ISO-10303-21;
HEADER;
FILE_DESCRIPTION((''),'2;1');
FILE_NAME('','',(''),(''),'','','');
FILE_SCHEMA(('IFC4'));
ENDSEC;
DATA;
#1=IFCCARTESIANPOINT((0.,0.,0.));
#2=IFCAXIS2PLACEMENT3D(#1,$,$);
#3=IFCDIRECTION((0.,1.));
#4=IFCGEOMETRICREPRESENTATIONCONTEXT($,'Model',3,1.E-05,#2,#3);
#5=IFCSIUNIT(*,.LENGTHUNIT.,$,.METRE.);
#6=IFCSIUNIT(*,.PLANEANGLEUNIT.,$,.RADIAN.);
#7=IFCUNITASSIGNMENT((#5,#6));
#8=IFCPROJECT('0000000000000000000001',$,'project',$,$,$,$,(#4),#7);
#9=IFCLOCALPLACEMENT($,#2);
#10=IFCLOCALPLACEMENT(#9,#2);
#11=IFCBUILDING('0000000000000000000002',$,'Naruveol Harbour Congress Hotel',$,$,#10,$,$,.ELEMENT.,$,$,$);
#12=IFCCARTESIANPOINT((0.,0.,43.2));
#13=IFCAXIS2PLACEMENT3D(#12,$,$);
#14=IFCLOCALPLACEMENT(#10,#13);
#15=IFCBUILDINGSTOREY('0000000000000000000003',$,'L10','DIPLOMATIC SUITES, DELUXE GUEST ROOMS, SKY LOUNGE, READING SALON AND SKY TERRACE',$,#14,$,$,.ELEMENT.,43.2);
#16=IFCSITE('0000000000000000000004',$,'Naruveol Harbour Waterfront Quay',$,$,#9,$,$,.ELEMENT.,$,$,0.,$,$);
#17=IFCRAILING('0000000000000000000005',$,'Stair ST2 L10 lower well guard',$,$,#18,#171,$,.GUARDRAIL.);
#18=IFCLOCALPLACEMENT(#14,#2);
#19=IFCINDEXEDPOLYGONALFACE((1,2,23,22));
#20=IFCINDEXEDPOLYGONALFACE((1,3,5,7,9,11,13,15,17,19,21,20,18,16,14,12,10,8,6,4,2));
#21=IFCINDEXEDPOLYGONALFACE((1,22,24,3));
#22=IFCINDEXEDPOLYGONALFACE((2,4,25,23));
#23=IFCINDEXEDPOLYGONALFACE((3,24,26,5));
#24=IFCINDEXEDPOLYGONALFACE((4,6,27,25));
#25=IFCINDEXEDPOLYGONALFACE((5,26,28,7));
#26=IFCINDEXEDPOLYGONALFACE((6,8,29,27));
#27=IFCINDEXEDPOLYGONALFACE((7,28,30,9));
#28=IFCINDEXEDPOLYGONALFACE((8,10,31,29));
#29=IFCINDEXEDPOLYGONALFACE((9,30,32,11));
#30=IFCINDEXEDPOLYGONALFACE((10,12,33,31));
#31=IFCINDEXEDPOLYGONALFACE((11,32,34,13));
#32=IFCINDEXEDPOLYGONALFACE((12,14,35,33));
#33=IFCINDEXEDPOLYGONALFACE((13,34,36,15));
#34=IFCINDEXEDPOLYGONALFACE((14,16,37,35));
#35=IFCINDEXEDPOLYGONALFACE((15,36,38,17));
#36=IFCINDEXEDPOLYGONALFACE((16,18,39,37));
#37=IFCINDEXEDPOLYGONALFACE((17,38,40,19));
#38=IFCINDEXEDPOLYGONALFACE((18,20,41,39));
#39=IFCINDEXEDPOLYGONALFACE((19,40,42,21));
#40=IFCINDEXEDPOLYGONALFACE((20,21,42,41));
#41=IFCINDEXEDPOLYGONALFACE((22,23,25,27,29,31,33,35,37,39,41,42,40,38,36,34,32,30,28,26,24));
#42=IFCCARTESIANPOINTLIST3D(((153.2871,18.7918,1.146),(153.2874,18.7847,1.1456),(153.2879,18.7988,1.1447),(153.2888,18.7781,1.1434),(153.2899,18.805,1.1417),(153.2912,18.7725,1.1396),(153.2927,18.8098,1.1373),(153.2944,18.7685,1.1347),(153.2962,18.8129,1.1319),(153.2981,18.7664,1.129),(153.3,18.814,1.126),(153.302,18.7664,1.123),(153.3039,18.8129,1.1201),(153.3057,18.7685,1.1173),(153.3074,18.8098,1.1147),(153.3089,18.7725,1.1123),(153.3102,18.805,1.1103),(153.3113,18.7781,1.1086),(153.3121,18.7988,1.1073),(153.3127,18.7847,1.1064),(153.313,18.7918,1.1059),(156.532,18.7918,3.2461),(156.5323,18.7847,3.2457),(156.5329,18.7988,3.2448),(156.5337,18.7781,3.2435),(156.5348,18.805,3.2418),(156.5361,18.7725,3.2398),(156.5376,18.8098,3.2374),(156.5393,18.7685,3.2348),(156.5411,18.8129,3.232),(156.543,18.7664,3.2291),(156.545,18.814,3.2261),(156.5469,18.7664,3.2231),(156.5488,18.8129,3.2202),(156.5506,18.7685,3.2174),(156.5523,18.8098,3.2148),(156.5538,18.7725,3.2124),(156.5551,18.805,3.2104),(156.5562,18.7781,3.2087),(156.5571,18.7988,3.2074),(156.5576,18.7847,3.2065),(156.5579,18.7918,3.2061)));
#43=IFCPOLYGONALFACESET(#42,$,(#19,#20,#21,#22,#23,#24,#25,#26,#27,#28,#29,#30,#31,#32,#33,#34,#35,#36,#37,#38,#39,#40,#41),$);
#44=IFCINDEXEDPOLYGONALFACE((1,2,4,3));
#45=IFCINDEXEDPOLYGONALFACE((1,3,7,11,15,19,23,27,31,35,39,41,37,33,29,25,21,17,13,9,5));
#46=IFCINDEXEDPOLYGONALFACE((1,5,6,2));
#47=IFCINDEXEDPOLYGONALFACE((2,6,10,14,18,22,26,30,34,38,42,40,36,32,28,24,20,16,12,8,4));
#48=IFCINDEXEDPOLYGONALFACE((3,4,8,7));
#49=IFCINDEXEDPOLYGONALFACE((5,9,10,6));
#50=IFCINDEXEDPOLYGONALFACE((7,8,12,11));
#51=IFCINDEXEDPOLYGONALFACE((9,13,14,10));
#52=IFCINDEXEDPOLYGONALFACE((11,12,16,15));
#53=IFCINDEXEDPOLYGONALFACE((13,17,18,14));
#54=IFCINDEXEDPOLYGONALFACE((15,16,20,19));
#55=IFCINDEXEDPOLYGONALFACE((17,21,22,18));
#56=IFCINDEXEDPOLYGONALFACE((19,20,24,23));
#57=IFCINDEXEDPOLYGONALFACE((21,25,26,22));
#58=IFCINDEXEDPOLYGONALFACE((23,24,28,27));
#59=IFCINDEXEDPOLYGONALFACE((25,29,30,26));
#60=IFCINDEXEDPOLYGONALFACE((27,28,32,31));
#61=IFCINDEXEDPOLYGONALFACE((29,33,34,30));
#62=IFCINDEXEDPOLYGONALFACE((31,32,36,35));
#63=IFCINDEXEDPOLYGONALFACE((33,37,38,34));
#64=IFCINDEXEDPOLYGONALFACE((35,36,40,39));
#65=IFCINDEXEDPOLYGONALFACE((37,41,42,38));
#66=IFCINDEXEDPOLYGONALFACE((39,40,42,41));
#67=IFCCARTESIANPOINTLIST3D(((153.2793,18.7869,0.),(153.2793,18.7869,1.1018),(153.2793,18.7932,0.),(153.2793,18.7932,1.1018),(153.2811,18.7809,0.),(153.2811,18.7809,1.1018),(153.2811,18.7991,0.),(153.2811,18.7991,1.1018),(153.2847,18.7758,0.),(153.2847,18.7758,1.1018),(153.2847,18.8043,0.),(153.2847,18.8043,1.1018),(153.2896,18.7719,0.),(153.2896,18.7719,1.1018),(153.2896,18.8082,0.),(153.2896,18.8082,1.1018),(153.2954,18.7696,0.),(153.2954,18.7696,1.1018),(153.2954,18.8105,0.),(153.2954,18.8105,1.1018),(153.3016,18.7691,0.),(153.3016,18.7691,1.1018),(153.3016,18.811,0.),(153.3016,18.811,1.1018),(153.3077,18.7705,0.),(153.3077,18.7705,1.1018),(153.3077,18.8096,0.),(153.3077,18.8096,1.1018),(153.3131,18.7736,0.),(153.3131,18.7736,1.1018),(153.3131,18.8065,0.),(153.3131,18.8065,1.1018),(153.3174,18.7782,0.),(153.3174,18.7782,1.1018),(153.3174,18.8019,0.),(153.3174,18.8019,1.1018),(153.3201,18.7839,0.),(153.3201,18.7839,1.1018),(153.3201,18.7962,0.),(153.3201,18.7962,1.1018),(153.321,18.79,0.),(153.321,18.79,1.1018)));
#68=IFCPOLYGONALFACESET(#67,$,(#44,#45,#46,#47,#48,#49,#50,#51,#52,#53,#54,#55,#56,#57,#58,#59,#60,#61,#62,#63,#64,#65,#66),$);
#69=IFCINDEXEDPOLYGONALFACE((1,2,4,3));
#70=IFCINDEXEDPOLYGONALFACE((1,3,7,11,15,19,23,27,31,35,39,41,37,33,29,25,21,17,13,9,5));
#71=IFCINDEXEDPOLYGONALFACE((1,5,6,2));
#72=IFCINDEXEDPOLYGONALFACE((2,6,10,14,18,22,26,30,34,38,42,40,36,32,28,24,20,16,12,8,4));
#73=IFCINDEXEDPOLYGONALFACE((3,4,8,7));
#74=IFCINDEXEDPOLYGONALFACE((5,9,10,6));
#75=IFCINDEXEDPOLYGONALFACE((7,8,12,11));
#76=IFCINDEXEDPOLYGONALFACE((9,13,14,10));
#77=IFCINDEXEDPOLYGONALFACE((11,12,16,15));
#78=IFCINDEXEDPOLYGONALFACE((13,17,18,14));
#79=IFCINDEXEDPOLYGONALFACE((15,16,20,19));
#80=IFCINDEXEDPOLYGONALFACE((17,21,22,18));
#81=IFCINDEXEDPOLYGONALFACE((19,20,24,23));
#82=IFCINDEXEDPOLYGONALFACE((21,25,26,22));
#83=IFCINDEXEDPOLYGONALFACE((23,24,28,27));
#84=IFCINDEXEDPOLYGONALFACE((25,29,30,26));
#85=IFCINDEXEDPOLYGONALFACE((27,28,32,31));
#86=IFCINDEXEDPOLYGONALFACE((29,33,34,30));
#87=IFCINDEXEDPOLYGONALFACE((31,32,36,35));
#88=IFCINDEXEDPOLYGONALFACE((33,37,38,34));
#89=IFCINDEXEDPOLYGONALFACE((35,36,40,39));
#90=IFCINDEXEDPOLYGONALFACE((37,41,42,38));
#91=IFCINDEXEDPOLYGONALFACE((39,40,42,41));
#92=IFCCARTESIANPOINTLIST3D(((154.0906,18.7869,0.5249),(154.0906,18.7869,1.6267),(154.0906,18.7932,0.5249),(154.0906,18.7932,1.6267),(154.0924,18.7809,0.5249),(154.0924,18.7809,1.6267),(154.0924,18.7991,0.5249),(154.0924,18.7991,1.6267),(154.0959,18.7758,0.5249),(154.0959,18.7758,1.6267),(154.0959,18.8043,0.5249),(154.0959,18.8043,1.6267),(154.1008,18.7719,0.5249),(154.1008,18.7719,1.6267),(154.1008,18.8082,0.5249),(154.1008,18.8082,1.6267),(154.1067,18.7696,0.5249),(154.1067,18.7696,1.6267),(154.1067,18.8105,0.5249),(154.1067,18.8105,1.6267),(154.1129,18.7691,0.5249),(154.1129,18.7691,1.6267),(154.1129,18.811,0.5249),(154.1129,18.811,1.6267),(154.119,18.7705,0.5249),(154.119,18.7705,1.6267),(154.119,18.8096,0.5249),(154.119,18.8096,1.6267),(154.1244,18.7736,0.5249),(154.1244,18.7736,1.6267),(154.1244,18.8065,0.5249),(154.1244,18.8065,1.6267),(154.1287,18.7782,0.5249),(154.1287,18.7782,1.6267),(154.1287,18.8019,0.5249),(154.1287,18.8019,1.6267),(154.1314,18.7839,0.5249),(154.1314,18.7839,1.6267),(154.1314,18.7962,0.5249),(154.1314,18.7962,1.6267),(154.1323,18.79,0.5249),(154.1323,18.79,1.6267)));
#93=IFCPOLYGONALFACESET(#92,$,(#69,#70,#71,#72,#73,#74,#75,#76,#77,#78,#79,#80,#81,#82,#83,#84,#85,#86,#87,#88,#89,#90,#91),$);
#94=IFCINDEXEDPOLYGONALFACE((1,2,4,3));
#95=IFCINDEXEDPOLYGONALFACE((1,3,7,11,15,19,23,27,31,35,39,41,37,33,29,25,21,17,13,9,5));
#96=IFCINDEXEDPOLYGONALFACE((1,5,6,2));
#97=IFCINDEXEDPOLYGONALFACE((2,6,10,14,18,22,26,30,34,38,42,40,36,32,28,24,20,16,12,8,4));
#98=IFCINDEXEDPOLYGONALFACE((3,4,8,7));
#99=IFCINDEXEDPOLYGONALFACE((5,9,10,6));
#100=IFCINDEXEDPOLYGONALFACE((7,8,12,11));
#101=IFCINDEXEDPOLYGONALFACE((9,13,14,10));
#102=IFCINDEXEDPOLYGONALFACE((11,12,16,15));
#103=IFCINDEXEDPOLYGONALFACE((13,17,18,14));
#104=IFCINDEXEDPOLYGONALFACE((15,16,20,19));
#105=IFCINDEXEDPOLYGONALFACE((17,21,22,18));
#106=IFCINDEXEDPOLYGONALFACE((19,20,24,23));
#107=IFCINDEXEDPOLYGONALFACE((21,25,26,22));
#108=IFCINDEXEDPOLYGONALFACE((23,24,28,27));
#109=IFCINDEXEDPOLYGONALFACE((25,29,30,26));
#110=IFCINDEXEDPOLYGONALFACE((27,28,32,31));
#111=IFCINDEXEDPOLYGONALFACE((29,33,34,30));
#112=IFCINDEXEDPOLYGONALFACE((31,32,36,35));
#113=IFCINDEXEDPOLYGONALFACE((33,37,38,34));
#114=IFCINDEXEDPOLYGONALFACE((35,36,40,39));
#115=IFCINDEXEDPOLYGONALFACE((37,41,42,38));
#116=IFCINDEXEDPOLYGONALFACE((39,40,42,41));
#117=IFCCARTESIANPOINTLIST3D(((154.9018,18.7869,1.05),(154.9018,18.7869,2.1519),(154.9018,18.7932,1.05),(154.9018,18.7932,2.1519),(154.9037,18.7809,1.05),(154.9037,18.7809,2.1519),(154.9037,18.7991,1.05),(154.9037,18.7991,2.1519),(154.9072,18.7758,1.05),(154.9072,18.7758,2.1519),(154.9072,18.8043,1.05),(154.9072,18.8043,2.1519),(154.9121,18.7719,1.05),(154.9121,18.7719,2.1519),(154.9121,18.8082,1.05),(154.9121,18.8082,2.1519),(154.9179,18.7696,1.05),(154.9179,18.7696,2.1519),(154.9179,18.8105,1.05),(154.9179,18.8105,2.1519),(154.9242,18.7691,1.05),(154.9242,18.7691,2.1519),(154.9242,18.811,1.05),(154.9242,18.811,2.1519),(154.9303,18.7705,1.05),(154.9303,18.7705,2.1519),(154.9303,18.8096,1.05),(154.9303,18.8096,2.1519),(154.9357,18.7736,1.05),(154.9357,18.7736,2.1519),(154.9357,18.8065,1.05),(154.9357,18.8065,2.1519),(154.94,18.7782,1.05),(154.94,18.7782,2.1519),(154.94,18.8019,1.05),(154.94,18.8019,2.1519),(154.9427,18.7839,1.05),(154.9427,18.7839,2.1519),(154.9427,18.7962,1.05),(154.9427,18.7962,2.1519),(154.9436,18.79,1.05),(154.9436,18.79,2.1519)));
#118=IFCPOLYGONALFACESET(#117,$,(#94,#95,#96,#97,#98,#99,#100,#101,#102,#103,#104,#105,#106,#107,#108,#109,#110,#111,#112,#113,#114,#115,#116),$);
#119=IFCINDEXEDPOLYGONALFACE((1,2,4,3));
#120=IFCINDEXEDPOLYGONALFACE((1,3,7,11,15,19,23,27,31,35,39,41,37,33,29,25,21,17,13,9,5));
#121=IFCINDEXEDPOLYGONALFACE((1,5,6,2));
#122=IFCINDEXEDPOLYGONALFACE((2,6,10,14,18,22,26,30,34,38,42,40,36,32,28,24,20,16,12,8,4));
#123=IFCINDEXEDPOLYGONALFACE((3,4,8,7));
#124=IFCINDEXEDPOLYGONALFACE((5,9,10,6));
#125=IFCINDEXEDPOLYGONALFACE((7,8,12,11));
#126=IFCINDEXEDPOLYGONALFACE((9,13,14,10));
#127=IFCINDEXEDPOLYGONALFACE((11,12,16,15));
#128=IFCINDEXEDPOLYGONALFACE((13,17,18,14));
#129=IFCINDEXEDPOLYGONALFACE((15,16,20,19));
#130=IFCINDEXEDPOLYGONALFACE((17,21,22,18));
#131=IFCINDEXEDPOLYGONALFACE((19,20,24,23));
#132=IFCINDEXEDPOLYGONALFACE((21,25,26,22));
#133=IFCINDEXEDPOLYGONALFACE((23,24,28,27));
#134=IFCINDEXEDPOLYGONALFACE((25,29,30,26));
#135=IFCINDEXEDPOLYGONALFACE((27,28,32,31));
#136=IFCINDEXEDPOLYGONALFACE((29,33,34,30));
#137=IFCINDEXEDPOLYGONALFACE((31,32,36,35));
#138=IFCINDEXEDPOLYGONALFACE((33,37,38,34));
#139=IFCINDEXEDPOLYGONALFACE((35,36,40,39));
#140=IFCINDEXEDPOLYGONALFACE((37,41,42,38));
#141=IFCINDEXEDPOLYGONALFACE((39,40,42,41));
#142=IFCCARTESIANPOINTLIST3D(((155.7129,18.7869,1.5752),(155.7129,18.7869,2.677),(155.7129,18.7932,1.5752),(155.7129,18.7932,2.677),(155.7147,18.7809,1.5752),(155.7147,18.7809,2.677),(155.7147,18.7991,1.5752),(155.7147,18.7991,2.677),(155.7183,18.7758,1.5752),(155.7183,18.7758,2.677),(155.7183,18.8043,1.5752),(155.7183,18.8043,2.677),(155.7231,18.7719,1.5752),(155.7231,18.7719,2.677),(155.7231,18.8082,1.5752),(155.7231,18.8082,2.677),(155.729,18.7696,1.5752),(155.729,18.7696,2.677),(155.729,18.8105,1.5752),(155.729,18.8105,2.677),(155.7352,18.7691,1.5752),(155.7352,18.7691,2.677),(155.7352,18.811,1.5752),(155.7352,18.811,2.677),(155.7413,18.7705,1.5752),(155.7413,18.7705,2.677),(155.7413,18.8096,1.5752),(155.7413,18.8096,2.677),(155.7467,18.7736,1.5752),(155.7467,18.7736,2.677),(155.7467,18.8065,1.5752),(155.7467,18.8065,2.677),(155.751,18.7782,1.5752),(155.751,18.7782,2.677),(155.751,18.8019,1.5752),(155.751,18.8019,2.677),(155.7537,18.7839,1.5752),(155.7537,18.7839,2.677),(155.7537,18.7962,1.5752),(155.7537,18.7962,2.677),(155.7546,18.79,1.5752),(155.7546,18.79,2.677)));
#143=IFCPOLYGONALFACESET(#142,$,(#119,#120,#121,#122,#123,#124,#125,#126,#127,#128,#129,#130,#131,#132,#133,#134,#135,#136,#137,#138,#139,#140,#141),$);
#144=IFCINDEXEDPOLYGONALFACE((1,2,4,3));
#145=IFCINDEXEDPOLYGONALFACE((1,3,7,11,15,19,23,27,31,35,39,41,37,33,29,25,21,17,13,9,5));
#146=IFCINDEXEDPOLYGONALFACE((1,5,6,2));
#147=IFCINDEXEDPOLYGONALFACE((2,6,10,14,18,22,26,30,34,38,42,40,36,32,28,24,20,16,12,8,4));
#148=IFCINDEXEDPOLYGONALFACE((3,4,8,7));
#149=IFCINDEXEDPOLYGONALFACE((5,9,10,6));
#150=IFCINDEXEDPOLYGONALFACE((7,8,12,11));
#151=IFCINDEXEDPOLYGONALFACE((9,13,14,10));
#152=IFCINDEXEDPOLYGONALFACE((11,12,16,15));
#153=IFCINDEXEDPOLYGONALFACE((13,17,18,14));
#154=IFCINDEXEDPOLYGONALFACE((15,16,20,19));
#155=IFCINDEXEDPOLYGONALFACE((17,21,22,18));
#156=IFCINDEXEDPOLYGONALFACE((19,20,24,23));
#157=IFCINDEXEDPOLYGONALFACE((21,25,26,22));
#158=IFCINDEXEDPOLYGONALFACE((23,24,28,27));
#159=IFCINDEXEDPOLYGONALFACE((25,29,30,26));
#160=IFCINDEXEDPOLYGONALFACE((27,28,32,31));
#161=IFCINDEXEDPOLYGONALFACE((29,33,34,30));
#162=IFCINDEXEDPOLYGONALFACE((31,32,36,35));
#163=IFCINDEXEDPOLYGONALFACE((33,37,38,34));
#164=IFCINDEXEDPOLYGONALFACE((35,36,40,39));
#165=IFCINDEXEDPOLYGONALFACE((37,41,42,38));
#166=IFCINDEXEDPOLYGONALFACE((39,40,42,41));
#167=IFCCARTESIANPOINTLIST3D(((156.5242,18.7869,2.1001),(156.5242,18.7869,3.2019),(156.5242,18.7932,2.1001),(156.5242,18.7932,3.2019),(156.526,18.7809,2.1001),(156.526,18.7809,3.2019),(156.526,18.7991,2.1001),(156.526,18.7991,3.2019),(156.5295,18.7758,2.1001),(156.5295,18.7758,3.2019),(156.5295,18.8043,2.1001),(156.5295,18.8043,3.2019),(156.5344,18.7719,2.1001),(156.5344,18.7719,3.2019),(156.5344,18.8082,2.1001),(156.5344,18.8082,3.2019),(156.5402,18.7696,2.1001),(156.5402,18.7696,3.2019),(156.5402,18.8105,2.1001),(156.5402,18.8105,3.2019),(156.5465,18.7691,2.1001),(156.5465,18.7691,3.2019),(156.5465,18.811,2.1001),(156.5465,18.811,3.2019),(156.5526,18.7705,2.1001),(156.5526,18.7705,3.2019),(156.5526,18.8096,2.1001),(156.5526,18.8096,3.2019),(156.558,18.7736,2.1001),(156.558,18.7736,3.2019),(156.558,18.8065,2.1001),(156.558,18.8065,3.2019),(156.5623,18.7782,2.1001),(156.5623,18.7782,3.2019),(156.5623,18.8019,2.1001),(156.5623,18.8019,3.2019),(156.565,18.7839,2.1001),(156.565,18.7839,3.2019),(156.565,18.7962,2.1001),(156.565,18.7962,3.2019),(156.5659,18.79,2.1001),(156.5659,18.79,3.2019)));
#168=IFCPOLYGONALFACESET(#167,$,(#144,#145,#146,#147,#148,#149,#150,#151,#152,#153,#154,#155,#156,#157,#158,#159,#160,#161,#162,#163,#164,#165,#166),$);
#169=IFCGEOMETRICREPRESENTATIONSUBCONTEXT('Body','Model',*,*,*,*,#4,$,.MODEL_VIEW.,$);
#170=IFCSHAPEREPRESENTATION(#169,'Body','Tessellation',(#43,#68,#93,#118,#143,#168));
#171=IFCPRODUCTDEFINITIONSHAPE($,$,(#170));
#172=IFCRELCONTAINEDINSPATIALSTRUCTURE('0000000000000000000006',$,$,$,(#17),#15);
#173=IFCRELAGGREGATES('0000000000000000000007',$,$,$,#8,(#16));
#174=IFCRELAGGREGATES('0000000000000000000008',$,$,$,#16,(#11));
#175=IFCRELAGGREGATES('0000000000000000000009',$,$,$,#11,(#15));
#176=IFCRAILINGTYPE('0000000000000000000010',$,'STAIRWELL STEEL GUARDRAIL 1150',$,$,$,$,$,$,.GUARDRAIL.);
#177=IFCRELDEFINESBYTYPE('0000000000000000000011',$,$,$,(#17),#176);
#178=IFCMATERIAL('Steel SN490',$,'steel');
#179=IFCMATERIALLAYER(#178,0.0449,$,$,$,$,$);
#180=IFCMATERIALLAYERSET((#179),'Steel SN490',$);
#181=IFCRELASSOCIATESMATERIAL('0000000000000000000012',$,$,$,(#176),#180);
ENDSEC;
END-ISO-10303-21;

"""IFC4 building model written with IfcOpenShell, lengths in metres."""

from ifc_helpers import new_model, si_unit, direction, frame, origin, origin_2d, place, context, subcontext, project, spatial, circle, extrude, material, layer, layer_set, type_object, element, save


model = new_model("IFC4")

# Units and contexts
model_context = context("Model", 3, precision=1e-05, world=origin(), true_north=direction((0.0, 1.0)))
body_context = subcontext(model_context, "Body", "Model", "MODEL_VIEW")
ifc_project = project(units=[si_unit("LENGTHUNIT", "METRE"), si_unit("PLANEANGLEUNIT", "RADIAN")], contexts=[model_context])

# Site, building, storey
site_placement = place(None, origin())
site = spatial("IfcSite", under=ifc_project, at=site_placement, Name="Naruveol Harbour Waterfront Quay", CompositionType="ELEMENT", RefElevation=0.0)
building_placement = place(site_placement, origin())
building = spatial("IfcBuilding", under=site, at=building_placement, Name="Naruveol Harbour Congress Hotel", CompositionType="ELEMENT")
storey_placement = place(building_placement, frame((0.0, 0.0, 43.2)))
storey = spatial("IfcBuildingStorey", under=building, at=storey_placement, Name="L10", Description="DIPLOMATIC SUITES, DELUXE GUEST ROOMS, SKY LOUNGE, READING SALON AND SKY TERRACE", CompositionType="ELEMENT", Elevation=43.2)

# Railing
ifc_material_1 = material(Name="Steel SN490", Category="steel")
ifc_layer_1 = layer(ifc_material_1, 0.0449)
ifc_layer_set_1 = layer_set([ifc_layer_1], Name="Steel SN490")
railing_type_1 = type_object("IfcRailingType", Name="STAIRWELL STEEL GUARDRAIL 1150", PredefinedType="GUARDRAIL", material=ifc_layer_set_1)
railing_1_placement = place(storey_placement, frame((153.3, 18.79, 0.0)))
element("IfcRailing", 1, at=railing_1_placement, inside=storey, type_object=railing_type_1, Name="Stair ST2 L10 lower well guard", PredefinedType="GUARDRAIL", context=body_context, shape_type="SweptSolid", body=[
    extrude(circle(Radius=0.0239, at=origin_2d()), frame((0.0, 0.0, 1.126), z_axis=(0.839514, 0.0, 0.543338), x_axis=(0.0, 1.0, 0.0)), (0.0, 0.0, 1.0), 3.8652),
    extrude(circle(Radius=0.021, at=origin_2d()), origin(), (0.0, 0.0, 1.0), 1.1018),
    extrude(circle(Radius=0.021, at=origin_2d()), frame((0.8113, 0.0, 0.5249)), (0.0, 0.0, 1.0), 1.1018),
    extrude(circle(Radius=0.021, at=origin_2d()), frame((1.6226, 0.0, 1.05)), (0.0, 0.0, 1.0), 1.1018),
    extrude(circle(Radius=0.021, at=origin_2d()), frame((2.4336, 0.0, 1.5752)), (0.0, 0.0, 1.0), 1.1018),
    extrude(circle(Radius=0.021, at=origin_2d()), frame((3.2449, 0.0, 2.1001)), (0.0, 0.0, 1.0), 1.1018),
])

save(model, "model.ifc")
